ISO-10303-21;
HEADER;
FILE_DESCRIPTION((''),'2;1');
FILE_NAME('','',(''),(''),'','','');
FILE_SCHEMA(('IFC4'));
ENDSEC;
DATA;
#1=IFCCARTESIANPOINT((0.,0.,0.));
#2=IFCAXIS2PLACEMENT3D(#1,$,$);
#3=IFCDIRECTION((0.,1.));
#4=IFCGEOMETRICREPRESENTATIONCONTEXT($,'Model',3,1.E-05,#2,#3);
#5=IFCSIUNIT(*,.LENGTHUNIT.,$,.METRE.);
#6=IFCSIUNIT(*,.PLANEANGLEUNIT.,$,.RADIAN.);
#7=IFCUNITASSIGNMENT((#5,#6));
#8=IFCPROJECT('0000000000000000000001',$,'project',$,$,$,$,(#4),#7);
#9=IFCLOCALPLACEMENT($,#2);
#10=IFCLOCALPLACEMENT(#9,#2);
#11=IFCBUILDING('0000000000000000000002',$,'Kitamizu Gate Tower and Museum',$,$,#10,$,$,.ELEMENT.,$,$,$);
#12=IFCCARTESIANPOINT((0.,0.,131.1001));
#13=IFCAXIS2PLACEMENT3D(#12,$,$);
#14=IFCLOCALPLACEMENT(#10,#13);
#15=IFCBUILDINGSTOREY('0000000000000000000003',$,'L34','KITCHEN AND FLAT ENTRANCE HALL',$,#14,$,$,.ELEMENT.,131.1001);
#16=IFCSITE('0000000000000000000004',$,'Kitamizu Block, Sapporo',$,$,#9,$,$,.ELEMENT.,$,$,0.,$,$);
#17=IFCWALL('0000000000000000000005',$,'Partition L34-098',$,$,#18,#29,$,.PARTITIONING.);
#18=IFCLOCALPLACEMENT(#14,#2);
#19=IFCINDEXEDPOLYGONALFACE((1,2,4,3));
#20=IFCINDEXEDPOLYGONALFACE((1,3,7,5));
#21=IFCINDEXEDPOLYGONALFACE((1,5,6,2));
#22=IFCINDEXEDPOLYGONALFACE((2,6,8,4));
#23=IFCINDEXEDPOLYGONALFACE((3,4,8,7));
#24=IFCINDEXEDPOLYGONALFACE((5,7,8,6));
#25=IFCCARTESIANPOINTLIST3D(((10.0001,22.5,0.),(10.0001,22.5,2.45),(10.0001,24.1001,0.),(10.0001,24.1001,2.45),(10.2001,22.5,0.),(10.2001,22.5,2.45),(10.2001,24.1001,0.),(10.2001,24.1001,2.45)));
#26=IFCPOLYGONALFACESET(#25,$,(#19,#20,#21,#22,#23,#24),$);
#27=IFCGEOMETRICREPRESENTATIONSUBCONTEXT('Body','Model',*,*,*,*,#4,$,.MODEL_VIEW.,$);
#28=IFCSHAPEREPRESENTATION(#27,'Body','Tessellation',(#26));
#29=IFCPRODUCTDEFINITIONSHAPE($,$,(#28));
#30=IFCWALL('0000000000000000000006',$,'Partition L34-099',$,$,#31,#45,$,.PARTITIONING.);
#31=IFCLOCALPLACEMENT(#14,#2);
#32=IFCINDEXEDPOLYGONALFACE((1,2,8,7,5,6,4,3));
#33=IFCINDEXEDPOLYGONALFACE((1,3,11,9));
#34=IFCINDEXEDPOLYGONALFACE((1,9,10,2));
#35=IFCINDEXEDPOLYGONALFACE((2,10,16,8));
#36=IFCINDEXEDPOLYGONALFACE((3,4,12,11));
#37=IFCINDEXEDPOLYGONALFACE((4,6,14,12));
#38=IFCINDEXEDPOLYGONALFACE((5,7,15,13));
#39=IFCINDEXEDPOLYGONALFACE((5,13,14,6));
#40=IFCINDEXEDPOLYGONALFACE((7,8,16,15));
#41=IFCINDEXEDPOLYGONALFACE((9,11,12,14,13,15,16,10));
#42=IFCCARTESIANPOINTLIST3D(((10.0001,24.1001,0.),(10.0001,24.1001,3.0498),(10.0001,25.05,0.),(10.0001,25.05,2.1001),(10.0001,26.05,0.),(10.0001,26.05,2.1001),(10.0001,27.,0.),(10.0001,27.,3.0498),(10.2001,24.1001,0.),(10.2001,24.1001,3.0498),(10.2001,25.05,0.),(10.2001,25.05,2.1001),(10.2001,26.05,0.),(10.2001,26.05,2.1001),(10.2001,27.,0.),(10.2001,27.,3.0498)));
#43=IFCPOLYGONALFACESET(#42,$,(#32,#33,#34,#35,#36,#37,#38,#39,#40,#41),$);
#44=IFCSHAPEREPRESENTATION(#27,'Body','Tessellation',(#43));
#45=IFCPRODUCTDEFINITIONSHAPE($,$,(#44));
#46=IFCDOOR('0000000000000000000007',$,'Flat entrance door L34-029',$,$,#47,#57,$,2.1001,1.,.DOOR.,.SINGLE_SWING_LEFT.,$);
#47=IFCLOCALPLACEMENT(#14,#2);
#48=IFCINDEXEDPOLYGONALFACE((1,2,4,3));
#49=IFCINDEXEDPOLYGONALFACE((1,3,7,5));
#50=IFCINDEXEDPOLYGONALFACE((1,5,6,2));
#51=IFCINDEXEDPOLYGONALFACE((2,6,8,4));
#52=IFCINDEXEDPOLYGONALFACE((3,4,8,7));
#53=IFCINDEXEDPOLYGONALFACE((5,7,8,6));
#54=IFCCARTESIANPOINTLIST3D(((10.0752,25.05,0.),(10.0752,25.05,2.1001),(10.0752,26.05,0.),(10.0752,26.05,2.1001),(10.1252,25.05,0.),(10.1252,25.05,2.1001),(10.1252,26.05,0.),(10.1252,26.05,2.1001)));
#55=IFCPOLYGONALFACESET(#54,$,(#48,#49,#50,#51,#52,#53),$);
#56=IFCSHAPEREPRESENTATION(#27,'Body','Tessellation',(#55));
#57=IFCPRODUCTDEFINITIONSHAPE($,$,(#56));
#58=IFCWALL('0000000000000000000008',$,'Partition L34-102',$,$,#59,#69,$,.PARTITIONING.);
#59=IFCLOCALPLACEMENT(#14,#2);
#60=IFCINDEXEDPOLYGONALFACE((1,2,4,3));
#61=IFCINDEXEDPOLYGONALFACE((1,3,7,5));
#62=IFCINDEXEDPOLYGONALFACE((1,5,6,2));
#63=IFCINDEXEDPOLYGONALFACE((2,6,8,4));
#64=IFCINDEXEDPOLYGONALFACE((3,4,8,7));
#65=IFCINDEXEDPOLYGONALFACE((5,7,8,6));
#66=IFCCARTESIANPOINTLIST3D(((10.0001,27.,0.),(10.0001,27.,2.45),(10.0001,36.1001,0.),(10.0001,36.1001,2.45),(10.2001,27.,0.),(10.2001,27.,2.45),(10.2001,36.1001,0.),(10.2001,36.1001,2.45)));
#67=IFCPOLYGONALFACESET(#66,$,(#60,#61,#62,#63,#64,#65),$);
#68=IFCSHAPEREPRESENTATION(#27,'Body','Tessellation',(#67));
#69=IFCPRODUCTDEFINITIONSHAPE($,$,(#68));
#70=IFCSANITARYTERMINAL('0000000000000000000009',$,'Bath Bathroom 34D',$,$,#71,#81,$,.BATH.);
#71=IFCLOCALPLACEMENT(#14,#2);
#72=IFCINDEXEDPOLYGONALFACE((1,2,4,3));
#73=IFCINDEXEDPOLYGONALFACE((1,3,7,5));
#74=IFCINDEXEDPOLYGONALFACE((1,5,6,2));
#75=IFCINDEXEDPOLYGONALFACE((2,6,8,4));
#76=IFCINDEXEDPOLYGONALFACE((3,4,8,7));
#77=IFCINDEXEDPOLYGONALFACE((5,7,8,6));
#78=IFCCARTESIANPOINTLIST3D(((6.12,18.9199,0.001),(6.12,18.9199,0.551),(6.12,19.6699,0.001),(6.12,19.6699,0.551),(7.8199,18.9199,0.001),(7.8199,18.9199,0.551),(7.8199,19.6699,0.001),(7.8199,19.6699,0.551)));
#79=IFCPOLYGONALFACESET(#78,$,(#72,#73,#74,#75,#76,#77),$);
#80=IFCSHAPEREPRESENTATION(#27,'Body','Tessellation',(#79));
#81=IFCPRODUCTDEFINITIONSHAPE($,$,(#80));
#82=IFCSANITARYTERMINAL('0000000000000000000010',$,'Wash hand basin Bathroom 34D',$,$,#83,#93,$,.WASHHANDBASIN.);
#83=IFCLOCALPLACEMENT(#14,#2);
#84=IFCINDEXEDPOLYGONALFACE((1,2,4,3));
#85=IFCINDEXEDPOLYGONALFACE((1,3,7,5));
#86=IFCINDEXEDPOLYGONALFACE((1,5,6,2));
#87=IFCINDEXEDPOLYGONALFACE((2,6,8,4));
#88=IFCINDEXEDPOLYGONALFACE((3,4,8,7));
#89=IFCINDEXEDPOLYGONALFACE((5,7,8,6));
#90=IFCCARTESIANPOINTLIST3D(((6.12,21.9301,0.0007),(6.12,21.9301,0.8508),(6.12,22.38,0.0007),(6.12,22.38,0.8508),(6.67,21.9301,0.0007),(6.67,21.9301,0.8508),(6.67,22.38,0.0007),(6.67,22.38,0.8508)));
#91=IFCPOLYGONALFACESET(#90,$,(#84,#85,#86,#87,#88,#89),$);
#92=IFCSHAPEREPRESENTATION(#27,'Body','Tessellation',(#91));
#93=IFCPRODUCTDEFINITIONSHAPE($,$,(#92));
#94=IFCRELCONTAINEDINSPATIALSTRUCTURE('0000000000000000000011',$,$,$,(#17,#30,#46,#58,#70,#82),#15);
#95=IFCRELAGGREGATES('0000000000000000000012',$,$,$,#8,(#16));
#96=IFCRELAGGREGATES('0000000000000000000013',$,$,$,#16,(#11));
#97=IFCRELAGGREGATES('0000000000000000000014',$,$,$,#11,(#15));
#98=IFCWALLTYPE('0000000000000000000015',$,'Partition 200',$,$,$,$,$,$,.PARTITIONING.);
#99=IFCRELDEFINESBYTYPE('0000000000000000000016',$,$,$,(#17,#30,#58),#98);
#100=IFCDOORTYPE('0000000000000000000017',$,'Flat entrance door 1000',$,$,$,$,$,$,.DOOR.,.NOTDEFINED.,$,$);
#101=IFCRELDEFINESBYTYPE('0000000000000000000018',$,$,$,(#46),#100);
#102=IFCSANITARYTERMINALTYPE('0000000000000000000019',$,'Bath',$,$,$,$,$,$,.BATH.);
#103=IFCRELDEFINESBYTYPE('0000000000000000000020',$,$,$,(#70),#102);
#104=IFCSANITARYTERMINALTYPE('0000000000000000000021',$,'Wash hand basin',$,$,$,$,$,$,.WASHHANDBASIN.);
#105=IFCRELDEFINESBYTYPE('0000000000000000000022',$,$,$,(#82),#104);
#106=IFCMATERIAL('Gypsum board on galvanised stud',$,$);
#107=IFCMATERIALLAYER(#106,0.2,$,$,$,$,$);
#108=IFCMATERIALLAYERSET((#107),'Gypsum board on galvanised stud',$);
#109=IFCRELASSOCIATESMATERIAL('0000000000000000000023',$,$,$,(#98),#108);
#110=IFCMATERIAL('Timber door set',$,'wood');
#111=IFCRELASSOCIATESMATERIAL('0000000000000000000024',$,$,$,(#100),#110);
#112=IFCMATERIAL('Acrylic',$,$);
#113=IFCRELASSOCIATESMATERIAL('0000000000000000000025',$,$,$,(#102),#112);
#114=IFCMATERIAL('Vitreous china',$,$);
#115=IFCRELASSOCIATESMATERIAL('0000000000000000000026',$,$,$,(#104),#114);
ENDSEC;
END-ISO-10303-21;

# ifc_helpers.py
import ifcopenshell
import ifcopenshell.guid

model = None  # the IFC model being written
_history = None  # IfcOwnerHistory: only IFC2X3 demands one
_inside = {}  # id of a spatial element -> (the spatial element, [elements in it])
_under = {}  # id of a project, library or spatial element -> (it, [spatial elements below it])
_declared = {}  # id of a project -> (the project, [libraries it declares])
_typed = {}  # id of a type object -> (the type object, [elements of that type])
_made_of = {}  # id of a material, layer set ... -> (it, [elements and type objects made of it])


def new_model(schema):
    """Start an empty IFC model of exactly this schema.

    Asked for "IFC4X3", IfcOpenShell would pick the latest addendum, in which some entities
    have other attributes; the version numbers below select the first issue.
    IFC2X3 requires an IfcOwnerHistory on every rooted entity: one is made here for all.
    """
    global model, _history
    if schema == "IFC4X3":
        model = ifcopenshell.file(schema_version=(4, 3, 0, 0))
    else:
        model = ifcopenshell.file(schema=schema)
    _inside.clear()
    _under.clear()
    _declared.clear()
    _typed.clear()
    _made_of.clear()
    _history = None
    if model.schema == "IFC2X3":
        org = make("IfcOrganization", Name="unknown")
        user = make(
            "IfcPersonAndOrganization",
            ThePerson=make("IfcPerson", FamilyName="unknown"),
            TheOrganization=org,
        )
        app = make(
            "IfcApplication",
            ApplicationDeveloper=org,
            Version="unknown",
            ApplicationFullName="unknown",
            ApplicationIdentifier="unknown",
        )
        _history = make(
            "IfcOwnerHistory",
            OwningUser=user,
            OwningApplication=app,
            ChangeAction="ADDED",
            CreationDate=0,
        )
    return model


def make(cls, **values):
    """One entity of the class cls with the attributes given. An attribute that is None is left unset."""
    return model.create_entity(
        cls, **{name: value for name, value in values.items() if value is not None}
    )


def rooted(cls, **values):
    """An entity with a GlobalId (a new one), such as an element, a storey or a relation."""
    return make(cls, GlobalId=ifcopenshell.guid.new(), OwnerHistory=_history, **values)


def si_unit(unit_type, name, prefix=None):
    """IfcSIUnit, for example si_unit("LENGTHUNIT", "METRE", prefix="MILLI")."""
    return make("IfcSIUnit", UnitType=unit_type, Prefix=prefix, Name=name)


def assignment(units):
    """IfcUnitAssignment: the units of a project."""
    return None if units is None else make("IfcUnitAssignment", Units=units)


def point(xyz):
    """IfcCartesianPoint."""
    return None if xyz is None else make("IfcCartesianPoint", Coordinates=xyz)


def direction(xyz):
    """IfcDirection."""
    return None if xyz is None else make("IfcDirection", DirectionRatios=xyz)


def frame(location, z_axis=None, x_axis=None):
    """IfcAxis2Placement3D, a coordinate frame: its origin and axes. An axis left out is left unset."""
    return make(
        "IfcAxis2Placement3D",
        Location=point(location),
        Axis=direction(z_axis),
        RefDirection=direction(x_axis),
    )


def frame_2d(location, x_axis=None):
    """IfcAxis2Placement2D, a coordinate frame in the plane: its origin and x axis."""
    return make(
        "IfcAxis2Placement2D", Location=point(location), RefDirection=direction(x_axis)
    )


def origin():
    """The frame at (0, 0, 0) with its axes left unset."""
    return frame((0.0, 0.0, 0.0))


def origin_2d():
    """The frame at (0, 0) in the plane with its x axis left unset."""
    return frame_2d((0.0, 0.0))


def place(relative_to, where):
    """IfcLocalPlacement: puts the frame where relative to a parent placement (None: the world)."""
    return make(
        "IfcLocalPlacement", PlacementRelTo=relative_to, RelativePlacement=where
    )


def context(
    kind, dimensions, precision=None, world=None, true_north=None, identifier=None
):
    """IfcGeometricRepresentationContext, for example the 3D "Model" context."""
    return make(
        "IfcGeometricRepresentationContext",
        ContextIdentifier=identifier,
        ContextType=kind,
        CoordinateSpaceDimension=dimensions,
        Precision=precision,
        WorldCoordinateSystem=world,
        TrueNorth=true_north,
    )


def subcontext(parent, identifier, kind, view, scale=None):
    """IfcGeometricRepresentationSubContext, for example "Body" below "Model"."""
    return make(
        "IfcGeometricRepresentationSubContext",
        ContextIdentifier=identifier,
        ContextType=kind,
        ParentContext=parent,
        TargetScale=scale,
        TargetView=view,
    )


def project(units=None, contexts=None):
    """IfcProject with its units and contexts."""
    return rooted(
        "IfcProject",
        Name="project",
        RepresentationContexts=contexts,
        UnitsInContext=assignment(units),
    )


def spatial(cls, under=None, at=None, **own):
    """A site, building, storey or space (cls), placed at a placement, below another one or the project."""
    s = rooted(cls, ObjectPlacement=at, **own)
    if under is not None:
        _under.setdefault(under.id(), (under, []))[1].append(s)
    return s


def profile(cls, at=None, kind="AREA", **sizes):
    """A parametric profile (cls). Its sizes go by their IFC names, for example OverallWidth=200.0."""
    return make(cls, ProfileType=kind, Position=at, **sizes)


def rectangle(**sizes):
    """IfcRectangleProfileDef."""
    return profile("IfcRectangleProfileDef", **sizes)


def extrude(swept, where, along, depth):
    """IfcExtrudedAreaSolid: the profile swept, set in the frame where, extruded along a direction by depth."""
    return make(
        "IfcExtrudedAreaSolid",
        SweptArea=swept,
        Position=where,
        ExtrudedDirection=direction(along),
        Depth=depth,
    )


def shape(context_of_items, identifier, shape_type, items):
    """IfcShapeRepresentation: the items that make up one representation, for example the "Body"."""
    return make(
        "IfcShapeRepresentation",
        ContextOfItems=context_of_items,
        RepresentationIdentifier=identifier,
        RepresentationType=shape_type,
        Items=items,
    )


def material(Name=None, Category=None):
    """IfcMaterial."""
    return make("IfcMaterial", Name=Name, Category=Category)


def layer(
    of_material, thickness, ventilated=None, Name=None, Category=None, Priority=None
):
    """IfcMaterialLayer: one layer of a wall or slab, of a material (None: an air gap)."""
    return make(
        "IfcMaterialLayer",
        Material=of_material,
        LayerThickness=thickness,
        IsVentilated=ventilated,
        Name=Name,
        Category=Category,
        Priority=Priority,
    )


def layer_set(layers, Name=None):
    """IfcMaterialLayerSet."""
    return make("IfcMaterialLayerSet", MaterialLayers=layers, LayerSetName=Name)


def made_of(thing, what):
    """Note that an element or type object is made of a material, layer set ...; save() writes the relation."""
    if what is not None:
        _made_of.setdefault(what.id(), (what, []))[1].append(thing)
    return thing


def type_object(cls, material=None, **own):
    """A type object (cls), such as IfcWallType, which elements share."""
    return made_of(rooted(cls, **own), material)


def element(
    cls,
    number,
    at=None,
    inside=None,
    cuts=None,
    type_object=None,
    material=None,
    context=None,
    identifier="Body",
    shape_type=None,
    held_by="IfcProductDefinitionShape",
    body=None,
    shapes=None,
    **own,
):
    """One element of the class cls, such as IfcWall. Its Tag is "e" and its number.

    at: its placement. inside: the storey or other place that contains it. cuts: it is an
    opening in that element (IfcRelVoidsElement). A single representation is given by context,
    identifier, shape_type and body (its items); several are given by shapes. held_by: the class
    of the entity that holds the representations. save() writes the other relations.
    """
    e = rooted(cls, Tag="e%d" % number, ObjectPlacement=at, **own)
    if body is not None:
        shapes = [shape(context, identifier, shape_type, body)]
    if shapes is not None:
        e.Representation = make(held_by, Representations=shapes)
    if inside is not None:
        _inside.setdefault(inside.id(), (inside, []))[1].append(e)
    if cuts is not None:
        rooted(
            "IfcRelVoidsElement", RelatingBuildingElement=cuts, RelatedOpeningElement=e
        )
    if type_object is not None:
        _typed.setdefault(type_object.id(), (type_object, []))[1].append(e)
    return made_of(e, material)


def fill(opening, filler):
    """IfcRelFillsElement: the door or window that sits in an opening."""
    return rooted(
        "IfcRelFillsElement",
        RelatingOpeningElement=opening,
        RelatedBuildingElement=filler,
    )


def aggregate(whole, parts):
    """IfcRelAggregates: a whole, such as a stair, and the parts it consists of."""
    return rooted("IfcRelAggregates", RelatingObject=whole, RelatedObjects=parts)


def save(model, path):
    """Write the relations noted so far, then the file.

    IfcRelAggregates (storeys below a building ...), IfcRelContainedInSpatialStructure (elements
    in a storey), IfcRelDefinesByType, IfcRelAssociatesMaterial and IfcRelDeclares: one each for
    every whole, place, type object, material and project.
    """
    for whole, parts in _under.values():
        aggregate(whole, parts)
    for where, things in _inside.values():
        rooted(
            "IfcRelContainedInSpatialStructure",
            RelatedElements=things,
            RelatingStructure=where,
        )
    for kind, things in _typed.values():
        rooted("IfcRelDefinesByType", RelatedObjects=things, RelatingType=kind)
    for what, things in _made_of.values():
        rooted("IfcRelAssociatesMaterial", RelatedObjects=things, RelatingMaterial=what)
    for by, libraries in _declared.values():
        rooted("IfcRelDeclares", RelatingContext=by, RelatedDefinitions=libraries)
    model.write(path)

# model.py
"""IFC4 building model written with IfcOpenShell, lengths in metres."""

from ifc_helpers import new_model, si_unit, direction, frame, frame_2d, origin, origin_2d, place, context, subcontext, project, spatial, rectangle, extrude, material, layer, layer_set, type_object, element, fill, save


model = new_model("IFC4")

# Units and contexts
model_context = context("Model", 3, precision=1e-05, world=origin(), true_north=direction((0.0, 1.0)))
body_context = subcontext(model_context, "Body", "Model", "MODEL_VIEW")
ifc_project = project(units=[si_unit("LENGTHUNIT", "METRE"), si_unit("PLANEANGLEUNIT", "RADIAN")], contexts=[model_context])

# Site, building, storey
site_placement = place(None, origin())
site = spatial("IfcSite", under=ifc_project, at=site_placement, Name="Kitamizu Block, Sapporo", CompositionType="ELEMENT", RefElevation=0.0)
building_placement = place(site_placement, origin())
building = spatial("IfcBuilding", under=site, at=building_placement, Name="Kitamizu Gate Tower and Museum", CompositionType="ELEMENT")
storey_placement = place(building_placement, frame((0.0, 0.0, 131.1001)))
storey = spatial("IfcBuildingStorey", under=building, at=storey_placement, Name="L34", Description="KITCHEN AND FLAT ENTRANCE HALL", CompositionType="ELEMENT", Elevation=131.1001)

# Wall
ifc_material_1 = material(Name="Gypsum board on galvanised stud")
ifc_layer_1 = layer(ifc_material_1, 0.2)
ifc_layer_set_1 = layer_set([ifc_layer_1], Name="Gypsum board on galvanised stud")
wall_type_1 = type_object("IfcWallType", Name="Partition 200", PredefinedType="PARTITIONING", material=ifc_layer_set_1)
wall_1_placement = place(storey_placement, frame((10.1001, 22.5, 0.0), z_axis=(0.0, 0.0, 1.0), x_axis=(0.0, 1.0, 0.0)))
element("IfcWall", 1, at=wall_1_placement, inside=storey, type_object=wall_type_1, Name="Partition L34-098", PredefinedType="PARTITIONING", context=body_context, shape_type="SweptSolid", body=[
    extrude(rectangle(XDim=1.6001, YDim=0.2, at=frame_2d((0.8, 0.0))), origin(), (0.0, 0.0, 1.0), 2.45),
])

# Wall, opening, door
wall_2_placement = place(storey_placement, frame((10.1001, 24.1001, 0.0), z_axis=(0.0, 0.0, 1.0), x_axis=(0.0, 1.0, 0.0)))
wall_2 = element("IfcWall", 2, at=wall_2_placement, inside=storey, type_object=wall_type_1, Name="Partition L34-099", PredefinedType="PARTITIONING", context=body_context, shape_type="SweptSolid", body=[
    extrude(rectangle(XDim=2.8999, YDim=0.2, at=frame_2d((1.45, 0.0))), origin(), (0.0, 0.0, 1.0), 3.0498),
])
opening_1_placement = place(wall_2_placement, frame((0.95, 0.0, 0.0)))
opening_1 = element("IfcOpeningElement", 3, at=opening_1_placement, cuts=wall_2, PredefinedType="OPENING", context=body_context, shape_type="SweptSolid", body=[
    extrude(rectangle(XDim=1.0, YDim=2.1001, at=frame_2d((0.5, 1.05))), frame((0.0, 0.1099, 0.0), z_axis=(0.0, -1.0, 0.0), x_axis=(1.0, 0.0, 0.0)), (0.0, 0.0, 1.0), 0.22),
])
ifc_material_2 = material(Name="Timber door set", Category="wood")
door_type_1 = type_object("IfcDoorType", Name="Flat entrance door 1000", OperationType="NOTDEFINED", PredefinedType="DOOR", material=ifc_material_2)
door_1_placement = place(opening_1_placement, origin())
door_1 = element("IfcDoor", 4, at=door_1_placement, inside=storey, type_object=door_type_1, Name="Flat entrance door L34-029", OperationType="SINGLE_SWING_LEFT", OverallHeight=2.1001, OverallWidth=1.0, PredefinedType="DOOR", context=body_context, shape_type="SweptSolid", body=[
    extrude(rectangle(XDim=1.0, YDim=2.1001, at=frame_2d((0.5, 1.05))), frame((0.0, 0.0249, 0.0), z_axis=(0.0, -1.0, 0.0), x_axis=(1.0, 0.0, 0.0)), (0.0, 0.0, 1.0), 0.05),
])
fill(opening_1, door_1)

# Wall
wall_3_placement = place(storey_placement, frame((10.1001, 27.0, 0.0), z_axis=(0.0, 0.0, 1.0), x_axis=(0.0, 1.0, 0.0)))
element("IfcWall", 5, at=wall_3_placement, inside=storey, type_object=wall_type_1, Name="Partition L34-102", PredefinedType="PARTITIONING", context=body_context, shape_type="SweptSolid", body=[
    extrude(rectangle(XDim=9.1001, YDim=0.2, at=frame_2d((4.55, 0.0))), origin(), (0.0, 0.0, 1.0), 2.45),
])

# Sanitary terminals
ifc_material_3 = material(Name="Acrylic")
sanitary_terminal_type_1 = type_object("IfcSanitaryTerminalType", Name="Bath", PredefinedType="BATH", material=ifc_material_3)
sanitary_terminal_1_placement = place(storey_placement, frame((6.97, 19.2949, 0.001), z_axis=(0.0, 0.0, 1.0), x_axis=(1.0, 0.0, 0.0)))
element("IfcSanitaryTerminal", 6, at=sanitary_terminal_1_placement, inside=storey, type_object=sanitary_terminal_type_1, Name="Bath Bathroom 34D", PredefinedType="BATH", context=body_context, shape_type="SweptSolid", body=[
    extrude(rectangle(XDim=1.7, YDim=0.75, at=origin_2d()), origin(), (0.0, 0.0, 1.0), 0.55),
])
ifc_material_4 = material(Name="Vitreous china")
sanitary_terminal_type_2 = type_object("IfcSanitaryTerminalType", Name="Wash hand basin", PredefinedType="WASHHANDBASIN", material=ifc_material_4)
sanitary_terminal_2_placement = place(storey_placement, frame((6.395, 22.155, 0.0007), z_axis=(0.0, 0.0, 1.0), x_axis=(1.0, 0.0, 0.0)))
element("IfcSanitaryTerminal", 7, at=sanitary_terminal_2_placement, inside=storey, type_object=sanitary_terminal_type_2, Name="Wash hand basin Bathroom 34D", PredefinedType="WASHHANDBASIN", context=body_context, shape_type="SweptSolid", body=[
    extrude(rectangle(XDim=0.55, YDim=0.45, at=origin_2d()), origin(), (0.0, 0.0, 1.0), 0.8501),
])

save(model, "model.ifc")
